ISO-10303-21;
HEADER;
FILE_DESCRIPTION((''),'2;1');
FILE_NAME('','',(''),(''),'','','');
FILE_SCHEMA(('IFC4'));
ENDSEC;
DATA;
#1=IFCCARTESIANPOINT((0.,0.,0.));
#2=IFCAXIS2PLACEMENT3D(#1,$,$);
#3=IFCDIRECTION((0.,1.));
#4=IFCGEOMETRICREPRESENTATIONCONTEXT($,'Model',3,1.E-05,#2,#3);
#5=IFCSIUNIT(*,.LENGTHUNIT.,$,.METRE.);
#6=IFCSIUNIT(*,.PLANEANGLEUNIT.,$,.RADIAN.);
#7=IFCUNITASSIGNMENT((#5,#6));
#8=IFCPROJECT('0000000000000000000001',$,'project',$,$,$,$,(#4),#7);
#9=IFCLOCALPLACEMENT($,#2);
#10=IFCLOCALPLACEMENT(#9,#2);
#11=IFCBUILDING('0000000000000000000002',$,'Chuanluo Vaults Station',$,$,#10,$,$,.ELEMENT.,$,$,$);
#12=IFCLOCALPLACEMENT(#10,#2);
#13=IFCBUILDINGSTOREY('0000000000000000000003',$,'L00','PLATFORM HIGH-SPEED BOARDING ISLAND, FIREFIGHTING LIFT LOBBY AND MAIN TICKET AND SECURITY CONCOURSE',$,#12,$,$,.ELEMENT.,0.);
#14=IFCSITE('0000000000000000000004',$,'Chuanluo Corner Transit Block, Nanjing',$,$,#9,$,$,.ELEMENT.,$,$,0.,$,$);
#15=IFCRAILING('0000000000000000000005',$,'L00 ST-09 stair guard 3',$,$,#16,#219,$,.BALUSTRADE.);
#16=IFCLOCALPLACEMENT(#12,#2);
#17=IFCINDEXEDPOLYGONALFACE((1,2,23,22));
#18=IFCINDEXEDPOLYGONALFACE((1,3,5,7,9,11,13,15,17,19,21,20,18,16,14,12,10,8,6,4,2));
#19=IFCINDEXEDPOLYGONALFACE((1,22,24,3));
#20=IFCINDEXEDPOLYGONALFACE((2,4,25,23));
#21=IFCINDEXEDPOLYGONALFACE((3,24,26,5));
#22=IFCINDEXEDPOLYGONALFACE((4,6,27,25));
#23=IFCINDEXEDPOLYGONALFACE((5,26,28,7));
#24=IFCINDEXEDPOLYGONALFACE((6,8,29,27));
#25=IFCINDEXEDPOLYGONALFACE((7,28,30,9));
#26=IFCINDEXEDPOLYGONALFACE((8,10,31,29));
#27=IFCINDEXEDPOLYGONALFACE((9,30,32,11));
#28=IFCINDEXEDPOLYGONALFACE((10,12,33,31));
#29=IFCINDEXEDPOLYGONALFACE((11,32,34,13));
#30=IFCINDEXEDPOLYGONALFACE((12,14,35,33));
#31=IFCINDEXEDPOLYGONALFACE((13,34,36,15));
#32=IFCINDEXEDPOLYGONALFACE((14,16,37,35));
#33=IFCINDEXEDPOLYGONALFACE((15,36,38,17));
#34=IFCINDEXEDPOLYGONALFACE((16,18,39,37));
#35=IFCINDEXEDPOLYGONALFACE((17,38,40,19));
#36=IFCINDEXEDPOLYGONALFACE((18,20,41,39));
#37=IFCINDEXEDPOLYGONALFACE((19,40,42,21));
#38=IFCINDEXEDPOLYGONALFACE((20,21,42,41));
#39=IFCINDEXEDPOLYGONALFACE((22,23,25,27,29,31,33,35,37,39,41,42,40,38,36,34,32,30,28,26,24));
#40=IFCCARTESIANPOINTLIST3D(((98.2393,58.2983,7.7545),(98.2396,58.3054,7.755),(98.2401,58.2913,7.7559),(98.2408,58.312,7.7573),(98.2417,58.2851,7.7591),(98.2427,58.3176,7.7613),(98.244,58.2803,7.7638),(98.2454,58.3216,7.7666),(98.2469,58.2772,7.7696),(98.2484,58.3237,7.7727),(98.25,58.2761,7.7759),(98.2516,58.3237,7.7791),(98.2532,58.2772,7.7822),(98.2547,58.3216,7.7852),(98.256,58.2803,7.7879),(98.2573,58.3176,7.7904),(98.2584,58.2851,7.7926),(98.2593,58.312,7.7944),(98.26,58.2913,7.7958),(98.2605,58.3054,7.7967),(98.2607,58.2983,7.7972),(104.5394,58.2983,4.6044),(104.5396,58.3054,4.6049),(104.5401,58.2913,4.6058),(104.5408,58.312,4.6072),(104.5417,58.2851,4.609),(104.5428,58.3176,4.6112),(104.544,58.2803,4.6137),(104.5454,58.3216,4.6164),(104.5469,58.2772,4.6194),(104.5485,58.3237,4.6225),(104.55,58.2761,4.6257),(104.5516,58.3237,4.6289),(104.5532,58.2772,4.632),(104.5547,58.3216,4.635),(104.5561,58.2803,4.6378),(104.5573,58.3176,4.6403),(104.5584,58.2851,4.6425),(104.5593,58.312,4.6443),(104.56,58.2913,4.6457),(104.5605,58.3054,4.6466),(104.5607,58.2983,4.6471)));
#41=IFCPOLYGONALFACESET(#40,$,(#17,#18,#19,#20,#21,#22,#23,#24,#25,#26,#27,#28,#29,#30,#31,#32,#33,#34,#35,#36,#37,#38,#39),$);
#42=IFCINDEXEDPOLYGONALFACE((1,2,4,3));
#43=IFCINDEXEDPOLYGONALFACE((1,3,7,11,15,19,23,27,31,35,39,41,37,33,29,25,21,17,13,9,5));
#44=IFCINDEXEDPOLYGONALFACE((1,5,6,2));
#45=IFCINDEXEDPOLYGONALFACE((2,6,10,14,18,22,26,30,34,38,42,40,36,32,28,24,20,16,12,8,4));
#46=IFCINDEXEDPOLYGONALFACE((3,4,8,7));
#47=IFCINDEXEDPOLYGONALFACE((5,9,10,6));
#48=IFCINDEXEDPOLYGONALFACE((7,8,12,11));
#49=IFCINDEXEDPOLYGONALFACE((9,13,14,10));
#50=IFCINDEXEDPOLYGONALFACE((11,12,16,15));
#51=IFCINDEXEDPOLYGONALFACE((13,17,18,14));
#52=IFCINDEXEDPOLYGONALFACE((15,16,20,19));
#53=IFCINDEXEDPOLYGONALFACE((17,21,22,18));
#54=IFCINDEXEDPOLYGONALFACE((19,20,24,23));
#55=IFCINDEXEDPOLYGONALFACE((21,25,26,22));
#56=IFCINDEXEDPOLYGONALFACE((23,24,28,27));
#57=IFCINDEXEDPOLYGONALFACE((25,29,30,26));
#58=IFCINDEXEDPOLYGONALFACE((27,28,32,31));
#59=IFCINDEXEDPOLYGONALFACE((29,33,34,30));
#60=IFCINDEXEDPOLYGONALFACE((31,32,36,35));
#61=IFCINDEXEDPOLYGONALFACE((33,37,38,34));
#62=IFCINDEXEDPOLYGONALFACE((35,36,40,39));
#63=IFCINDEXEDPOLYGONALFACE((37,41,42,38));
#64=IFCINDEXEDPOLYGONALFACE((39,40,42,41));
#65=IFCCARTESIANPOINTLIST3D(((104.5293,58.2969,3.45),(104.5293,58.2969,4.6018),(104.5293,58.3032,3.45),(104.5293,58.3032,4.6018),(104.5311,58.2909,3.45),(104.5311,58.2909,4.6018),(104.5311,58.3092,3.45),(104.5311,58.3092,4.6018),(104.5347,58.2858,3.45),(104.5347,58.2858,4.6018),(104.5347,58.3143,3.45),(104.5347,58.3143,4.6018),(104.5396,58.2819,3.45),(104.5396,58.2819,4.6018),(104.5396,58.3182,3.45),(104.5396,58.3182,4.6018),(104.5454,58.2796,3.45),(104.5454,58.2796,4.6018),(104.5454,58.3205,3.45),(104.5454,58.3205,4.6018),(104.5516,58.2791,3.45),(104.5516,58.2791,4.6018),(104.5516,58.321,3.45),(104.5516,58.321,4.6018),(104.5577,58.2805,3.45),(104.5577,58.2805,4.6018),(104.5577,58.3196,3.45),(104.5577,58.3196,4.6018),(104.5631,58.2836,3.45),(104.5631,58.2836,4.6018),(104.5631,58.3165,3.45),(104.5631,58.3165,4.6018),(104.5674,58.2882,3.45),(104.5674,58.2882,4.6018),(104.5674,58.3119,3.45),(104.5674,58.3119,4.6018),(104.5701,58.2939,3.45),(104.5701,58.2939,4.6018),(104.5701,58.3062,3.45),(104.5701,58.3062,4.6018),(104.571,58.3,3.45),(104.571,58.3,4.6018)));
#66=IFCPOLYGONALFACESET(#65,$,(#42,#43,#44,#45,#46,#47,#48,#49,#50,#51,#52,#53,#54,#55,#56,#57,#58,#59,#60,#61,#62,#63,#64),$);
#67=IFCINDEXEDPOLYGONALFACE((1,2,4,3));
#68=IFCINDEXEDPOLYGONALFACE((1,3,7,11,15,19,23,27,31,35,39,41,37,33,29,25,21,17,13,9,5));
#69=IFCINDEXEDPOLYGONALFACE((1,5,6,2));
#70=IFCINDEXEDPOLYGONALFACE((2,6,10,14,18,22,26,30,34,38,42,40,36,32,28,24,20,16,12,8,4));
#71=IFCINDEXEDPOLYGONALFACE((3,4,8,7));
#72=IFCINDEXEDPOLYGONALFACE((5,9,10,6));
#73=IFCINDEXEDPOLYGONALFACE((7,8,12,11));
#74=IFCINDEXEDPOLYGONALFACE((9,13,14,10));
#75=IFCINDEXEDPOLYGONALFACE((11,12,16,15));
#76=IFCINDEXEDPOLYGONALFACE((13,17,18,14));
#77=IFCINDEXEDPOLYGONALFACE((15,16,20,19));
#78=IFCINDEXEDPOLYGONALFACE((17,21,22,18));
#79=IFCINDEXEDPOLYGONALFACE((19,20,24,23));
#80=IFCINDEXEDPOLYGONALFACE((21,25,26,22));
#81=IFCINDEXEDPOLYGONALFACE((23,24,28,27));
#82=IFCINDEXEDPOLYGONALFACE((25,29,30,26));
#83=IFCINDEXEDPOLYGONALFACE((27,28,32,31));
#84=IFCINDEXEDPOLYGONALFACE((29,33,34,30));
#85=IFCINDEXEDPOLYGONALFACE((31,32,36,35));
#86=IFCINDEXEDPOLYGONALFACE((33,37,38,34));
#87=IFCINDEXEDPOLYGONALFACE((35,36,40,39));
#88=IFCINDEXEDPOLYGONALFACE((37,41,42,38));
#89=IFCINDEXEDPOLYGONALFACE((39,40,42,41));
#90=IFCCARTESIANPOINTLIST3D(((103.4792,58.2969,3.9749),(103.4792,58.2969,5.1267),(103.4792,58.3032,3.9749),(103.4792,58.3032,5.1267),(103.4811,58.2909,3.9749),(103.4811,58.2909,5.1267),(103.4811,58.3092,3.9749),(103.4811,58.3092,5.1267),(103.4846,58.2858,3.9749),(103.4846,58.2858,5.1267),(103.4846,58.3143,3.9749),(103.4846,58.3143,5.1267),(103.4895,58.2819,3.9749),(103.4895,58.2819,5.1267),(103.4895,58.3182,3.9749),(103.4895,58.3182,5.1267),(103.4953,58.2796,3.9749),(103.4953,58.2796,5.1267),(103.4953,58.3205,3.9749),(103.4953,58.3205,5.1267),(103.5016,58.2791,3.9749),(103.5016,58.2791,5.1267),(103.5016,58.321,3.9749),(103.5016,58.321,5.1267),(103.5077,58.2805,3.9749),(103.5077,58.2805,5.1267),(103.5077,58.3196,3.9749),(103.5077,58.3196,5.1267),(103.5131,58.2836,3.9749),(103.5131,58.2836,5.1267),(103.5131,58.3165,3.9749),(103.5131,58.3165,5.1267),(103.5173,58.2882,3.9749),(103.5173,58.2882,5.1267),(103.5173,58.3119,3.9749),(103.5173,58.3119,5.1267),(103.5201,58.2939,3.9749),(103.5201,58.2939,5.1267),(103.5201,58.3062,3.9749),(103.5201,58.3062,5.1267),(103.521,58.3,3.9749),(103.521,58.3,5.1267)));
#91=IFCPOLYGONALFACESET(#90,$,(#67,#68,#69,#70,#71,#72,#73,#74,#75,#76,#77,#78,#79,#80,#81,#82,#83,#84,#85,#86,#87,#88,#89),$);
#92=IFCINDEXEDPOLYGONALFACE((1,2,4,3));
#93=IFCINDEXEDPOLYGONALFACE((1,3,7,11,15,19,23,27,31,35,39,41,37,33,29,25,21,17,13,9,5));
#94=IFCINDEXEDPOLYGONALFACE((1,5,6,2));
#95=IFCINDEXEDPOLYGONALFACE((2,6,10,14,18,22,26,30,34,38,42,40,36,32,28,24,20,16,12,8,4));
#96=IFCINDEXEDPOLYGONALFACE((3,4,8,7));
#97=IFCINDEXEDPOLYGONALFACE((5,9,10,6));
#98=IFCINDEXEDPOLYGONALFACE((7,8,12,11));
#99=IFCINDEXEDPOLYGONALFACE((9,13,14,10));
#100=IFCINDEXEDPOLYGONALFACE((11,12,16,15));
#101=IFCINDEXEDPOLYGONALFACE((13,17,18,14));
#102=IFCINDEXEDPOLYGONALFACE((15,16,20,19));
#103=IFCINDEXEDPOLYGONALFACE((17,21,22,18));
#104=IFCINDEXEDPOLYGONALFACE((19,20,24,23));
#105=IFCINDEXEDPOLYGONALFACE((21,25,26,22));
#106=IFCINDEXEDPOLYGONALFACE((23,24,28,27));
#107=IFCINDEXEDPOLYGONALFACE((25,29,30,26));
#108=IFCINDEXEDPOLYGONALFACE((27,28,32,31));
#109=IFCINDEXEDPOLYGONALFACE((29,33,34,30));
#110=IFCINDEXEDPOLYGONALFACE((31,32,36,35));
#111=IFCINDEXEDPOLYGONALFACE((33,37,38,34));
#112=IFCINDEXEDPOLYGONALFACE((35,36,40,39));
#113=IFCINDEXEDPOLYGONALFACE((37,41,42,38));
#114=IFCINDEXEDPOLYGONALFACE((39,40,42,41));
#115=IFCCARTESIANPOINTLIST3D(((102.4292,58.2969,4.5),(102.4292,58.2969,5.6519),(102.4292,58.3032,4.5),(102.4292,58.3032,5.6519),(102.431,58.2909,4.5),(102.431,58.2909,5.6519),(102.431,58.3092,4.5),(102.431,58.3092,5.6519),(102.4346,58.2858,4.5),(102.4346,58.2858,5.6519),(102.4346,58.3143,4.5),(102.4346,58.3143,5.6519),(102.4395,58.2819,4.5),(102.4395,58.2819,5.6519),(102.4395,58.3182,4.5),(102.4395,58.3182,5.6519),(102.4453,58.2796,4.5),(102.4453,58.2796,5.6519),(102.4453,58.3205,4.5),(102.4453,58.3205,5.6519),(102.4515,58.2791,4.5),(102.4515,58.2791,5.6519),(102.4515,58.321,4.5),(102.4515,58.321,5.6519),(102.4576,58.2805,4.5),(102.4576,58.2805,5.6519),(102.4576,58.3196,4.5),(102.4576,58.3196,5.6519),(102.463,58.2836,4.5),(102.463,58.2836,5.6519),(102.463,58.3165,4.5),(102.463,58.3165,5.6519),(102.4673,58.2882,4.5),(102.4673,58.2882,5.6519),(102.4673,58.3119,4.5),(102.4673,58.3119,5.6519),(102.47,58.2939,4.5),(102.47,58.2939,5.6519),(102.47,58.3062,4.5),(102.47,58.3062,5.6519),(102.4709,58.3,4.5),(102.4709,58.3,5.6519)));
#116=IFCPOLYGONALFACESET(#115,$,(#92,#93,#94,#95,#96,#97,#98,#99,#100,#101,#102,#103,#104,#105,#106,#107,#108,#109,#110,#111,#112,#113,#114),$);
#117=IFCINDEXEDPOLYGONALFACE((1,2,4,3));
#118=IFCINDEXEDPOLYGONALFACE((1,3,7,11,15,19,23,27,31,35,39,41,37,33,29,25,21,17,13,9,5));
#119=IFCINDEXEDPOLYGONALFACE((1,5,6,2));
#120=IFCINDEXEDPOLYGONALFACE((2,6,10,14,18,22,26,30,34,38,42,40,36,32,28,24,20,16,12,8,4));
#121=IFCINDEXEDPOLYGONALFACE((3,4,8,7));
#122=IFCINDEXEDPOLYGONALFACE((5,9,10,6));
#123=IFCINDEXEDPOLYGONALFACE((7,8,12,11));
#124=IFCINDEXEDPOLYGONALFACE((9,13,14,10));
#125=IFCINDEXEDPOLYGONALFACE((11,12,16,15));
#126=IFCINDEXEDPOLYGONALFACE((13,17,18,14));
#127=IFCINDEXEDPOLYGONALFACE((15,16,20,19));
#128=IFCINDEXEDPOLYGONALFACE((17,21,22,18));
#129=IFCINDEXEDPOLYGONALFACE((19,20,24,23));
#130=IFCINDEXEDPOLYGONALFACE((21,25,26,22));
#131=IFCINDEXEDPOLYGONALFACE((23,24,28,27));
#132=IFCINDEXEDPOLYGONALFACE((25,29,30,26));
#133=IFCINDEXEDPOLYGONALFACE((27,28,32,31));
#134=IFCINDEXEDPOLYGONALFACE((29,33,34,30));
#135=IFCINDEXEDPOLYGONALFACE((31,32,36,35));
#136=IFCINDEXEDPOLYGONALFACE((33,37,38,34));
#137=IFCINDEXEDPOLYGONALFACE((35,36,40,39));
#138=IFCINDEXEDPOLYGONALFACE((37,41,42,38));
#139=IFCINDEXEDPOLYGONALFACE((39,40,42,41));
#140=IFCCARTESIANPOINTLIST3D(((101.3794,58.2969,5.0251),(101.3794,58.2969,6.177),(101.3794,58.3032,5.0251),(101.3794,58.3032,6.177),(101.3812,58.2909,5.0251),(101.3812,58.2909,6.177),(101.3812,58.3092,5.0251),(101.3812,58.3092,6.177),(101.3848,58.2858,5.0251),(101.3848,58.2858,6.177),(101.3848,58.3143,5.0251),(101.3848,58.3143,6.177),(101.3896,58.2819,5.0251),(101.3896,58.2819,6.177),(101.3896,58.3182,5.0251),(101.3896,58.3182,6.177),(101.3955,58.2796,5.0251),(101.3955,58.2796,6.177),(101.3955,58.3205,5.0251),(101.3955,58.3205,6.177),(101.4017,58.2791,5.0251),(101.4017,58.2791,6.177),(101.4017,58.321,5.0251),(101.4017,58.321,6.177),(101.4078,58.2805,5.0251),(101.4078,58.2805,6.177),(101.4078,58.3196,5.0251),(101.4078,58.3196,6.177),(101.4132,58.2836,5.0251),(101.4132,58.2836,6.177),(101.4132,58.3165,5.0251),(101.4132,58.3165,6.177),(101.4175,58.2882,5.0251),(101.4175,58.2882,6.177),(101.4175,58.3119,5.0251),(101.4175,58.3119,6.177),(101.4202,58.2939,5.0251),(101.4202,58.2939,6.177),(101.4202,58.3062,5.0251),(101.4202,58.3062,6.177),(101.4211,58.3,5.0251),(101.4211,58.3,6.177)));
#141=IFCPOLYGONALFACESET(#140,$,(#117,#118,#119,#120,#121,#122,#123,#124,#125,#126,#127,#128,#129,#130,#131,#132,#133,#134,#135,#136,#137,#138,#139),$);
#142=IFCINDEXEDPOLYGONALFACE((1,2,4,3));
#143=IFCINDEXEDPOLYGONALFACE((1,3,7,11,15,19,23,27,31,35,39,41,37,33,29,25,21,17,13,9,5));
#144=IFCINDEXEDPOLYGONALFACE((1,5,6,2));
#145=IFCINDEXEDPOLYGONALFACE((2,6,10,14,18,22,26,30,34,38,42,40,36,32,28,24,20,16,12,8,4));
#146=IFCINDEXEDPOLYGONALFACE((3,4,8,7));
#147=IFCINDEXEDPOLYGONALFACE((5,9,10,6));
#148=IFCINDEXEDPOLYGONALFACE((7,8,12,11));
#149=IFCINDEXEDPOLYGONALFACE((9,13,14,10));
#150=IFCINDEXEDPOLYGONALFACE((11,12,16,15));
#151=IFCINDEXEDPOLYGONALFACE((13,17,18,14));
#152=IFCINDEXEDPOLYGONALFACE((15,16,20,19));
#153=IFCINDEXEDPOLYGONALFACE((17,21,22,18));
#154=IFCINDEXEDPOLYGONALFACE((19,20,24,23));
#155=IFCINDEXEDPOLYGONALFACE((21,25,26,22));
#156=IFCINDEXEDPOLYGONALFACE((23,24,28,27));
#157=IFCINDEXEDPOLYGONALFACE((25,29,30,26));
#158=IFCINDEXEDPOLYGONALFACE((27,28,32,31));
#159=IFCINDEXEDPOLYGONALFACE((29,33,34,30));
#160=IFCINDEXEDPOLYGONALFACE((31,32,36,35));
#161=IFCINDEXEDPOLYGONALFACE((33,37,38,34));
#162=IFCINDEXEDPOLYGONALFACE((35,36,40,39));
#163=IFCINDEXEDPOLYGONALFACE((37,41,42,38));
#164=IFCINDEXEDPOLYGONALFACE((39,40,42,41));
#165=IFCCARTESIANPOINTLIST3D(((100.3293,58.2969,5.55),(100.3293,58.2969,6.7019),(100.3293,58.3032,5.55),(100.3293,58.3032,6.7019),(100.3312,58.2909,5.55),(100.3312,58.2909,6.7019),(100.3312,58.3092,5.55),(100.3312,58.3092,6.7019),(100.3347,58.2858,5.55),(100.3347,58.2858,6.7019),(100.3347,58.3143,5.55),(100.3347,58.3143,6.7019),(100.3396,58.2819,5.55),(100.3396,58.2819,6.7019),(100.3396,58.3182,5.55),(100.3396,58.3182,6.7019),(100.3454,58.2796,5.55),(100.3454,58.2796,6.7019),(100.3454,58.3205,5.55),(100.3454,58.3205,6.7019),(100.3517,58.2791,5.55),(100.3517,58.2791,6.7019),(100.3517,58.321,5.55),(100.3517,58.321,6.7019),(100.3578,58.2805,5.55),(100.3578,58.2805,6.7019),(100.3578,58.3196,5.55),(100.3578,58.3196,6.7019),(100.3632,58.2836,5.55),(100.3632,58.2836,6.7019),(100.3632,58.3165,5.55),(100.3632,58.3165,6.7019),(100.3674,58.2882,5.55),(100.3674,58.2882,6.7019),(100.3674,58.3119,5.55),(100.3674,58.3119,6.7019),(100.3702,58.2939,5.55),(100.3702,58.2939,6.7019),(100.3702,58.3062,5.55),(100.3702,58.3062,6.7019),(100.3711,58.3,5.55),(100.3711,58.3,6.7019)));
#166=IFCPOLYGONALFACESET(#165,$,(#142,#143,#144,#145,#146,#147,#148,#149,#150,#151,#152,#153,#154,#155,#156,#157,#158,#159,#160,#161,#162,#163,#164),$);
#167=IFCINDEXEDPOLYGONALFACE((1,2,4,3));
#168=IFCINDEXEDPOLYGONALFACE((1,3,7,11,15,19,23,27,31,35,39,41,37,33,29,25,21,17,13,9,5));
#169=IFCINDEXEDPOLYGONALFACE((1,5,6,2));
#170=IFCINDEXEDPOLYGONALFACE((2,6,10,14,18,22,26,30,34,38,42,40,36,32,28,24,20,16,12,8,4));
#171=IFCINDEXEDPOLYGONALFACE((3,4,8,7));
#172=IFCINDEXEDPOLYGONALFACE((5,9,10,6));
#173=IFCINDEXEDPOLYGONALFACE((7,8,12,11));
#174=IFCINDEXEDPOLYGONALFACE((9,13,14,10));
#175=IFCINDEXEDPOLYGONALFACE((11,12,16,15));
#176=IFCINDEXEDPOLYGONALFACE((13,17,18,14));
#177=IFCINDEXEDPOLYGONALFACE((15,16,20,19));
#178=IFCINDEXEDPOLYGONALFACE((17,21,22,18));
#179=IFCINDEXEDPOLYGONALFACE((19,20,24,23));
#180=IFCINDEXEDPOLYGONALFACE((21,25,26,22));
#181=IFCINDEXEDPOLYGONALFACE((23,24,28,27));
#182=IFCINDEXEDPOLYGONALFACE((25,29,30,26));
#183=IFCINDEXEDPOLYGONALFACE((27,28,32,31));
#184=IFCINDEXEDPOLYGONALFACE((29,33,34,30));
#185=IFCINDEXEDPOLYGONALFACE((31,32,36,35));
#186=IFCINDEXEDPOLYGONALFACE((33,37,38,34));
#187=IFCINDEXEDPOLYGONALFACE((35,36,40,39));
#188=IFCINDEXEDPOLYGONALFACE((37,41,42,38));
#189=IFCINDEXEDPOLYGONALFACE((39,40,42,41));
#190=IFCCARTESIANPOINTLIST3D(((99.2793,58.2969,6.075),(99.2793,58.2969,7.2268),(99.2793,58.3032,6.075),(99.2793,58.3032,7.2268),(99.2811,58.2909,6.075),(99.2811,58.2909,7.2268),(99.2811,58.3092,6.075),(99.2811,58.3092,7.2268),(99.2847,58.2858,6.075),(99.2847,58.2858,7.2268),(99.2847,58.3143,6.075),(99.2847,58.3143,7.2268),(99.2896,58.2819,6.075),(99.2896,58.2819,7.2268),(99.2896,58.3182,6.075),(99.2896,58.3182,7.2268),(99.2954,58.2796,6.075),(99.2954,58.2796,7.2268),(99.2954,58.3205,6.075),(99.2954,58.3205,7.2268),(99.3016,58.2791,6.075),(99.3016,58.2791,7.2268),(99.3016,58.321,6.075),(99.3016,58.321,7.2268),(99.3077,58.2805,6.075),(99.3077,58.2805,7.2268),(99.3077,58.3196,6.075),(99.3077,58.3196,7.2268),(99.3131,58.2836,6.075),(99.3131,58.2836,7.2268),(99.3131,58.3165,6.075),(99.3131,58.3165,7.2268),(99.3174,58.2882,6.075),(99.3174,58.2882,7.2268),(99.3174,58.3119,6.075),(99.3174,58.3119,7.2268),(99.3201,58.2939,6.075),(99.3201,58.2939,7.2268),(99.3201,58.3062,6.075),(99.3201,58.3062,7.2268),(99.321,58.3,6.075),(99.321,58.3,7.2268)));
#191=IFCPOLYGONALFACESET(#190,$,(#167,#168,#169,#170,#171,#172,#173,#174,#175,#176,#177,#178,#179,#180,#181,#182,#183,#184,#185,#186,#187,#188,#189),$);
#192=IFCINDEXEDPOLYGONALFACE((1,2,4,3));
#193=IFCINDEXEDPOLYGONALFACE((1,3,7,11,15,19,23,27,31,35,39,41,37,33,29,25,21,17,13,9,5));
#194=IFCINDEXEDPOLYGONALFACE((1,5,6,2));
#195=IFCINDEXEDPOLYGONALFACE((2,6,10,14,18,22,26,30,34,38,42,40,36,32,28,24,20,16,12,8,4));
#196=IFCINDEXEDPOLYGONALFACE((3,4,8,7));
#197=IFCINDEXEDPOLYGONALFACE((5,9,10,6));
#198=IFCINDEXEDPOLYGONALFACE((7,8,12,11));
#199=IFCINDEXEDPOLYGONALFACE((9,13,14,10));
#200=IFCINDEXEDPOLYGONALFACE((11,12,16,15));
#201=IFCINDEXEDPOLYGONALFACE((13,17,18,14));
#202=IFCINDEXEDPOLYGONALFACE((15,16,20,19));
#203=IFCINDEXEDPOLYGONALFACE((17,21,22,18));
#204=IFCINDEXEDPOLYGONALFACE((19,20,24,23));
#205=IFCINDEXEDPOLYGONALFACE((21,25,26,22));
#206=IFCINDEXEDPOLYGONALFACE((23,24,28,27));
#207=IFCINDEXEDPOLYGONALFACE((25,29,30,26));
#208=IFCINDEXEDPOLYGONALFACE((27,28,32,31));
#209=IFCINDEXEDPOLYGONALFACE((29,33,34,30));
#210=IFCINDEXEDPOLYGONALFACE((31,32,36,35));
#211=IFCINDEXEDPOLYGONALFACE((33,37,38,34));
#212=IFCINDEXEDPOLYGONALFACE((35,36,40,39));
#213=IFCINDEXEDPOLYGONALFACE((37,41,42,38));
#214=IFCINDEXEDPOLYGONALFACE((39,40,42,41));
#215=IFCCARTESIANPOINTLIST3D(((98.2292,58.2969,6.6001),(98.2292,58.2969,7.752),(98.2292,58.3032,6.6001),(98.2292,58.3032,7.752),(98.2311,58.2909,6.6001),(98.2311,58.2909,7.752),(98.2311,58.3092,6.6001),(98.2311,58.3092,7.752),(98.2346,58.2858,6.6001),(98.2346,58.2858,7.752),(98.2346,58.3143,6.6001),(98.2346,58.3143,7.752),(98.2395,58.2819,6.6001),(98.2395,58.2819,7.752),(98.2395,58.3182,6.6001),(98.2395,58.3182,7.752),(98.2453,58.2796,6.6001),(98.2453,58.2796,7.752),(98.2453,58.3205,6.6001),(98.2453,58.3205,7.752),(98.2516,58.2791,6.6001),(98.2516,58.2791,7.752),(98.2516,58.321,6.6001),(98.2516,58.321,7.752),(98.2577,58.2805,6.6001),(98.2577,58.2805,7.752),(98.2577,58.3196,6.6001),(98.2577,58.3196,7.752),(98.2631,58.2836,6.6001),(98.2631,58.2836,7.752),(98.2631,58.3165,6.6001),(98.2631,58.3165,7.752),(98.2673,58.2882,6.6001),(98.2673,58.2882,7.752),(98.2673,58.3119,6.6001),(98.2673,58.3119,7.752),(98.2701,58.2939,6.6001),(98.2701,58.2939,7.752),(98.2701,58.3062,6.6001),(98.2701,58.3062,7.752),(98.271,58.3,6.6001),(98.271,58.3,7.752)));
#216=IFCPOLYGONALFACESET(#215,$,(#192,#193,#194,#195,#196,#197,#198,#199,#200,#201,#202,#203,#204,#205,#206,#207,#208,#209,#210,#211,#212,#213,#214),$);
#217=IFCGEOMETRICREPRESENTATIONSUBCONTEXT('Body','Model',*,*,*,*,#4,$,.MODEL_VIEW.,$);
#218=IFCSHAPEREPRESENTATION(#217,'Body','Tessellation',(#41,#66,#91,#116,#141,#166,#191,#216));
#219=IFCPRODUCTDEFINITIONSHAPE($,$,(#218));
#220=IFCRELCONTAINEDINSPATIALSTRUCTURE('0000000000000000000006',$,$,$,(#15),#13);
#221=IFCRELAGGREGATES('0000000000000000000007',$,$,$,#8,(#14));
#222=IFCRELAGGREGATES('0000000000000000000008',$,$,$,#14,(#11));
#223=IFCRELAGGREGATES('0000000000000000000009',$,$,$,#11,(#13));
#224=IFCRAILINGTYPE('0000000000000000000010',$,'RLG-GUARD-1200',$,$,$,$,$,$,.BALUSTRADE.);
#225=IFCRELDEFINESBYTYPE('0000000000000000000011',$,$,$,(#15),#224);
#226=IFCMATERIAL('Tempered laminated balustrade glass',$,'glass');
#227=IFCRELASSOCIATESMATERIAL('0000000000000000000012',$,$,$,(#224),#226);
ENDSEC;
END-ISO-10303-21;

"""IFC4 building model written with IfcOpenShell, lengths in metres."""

from ifc_helpers import new_model, si_unit, direction, frame, origin, origin_2d, place, context, subcontext, project, spatial, circle, extrude, material, type_object, element, save


model = new_model("IFC4")

# Units and contexts
model_context = context("Model", 3, precision=1e-05, world=origin(), true_north=direction((0.0, 1.0)))
body_context = subcontext(model_context, "Body", "Model", "MODEL_VIEW")
ifc_project = project(units=[si_unit("LENGTHUNIT", "METRE"), si_unit("PLANEANGLEUNIT", "RADIAN")], contexts=[model_context])

# Site, building, storey
site_placement = place(None, origin())
site = spatial("IfcSite", under=ifc_project, at=site_placement, Name="Chuanluo Corner Transit Block, Nanjing", CompositionType="ELEMENT", RefElevation=0.0)
building_placement = place(site_placement, origin())
building = spatial("IfcBuilding", under=site, at=building_placement, Name="Chuanluo Vaults Station", CompositionType="ELEMENT")
storey_placement = place(building_placement, origin())
storey = spatial("IfcBuildingStorey", under=building, at=storey_placement, Name="L00", Description="PLATFORM HIGH-SPEED BOARDING ISLAND, FIREFIGHTING LIFT LOBBY AND MAIN TICKET AND SECURITY CONCOURSE", CompositionType="ELEMENT", Elevation=0.0)

# Railing
ifc_material_1 = material(Name="Tempered laminated balustrade glass", Category="glass")
railing_type_1 = type_object("IfcRailingType", Name="RLG-GUARD-1200", PredefinedType="BALUSTRADE", material=ifc_material_1)
railing_1_placement = place(storey_placement, frame((104.55, 58.3, 3.45)))
element("IfcRailing", 1, at=railing_1_placement, inside=storey, type_object=railing_type_1, Name="L00 ST-09 stair guard 3", PredefinedType="BALUSTRADE", context=body_context, shape_type="SweptSolid", body=[
    extrude(circle(Radius=0.0239, at=origin_2d()), frame((0.0, 0.0, 1.1758), z_axis=(-0.89442, 0.0, 0.447227), x_axis=(0.0, -1.0, 0.0)), (0.0, 0.0, 1.0), 7.0437),
    extrude(circle(Radius=0.021, at=origin_2d()), origin(), (0.0, 0.0, 1.0), 1.1519),
    extrude(circle(Radius=0.021, at=origin_2d()), frame((-1.05, 0.0, 0.5249)), (0.0, 0.0, 1.0), 1.1519),
    extrude(circle(Radius=0.021, at=origin_2d()), frame((-2.1001, 0.0, 1.05)), (0.0, 0.0, 1.0), 1.1519),
    extrude(circle(Radius=0.021, at=origin_2d()), frame((-3.1499, 0.0, 1.5752)), (0.0, 0.0, 1.0), 1.1519),
    extrude(circle(Radius=0.021, at=origin_2d()), frame((-4.2, 0.0, 2.1001)), (0.0, 0.0, 1.0), 1.1519),
    extrude(circle(Radius=0.021, at=origin_2d()), frame((-5.25, 0.0, 2.625)), (0.0, 0.0, 1.0), 1.1519),
    extrude(circle(Radius=0.021, at=origin_2d()), frame((-6.3, 0.0, 3.1501)), (0.0, 0.0, 1.0), 1.1519),
])

save(model, "model.ifc")
